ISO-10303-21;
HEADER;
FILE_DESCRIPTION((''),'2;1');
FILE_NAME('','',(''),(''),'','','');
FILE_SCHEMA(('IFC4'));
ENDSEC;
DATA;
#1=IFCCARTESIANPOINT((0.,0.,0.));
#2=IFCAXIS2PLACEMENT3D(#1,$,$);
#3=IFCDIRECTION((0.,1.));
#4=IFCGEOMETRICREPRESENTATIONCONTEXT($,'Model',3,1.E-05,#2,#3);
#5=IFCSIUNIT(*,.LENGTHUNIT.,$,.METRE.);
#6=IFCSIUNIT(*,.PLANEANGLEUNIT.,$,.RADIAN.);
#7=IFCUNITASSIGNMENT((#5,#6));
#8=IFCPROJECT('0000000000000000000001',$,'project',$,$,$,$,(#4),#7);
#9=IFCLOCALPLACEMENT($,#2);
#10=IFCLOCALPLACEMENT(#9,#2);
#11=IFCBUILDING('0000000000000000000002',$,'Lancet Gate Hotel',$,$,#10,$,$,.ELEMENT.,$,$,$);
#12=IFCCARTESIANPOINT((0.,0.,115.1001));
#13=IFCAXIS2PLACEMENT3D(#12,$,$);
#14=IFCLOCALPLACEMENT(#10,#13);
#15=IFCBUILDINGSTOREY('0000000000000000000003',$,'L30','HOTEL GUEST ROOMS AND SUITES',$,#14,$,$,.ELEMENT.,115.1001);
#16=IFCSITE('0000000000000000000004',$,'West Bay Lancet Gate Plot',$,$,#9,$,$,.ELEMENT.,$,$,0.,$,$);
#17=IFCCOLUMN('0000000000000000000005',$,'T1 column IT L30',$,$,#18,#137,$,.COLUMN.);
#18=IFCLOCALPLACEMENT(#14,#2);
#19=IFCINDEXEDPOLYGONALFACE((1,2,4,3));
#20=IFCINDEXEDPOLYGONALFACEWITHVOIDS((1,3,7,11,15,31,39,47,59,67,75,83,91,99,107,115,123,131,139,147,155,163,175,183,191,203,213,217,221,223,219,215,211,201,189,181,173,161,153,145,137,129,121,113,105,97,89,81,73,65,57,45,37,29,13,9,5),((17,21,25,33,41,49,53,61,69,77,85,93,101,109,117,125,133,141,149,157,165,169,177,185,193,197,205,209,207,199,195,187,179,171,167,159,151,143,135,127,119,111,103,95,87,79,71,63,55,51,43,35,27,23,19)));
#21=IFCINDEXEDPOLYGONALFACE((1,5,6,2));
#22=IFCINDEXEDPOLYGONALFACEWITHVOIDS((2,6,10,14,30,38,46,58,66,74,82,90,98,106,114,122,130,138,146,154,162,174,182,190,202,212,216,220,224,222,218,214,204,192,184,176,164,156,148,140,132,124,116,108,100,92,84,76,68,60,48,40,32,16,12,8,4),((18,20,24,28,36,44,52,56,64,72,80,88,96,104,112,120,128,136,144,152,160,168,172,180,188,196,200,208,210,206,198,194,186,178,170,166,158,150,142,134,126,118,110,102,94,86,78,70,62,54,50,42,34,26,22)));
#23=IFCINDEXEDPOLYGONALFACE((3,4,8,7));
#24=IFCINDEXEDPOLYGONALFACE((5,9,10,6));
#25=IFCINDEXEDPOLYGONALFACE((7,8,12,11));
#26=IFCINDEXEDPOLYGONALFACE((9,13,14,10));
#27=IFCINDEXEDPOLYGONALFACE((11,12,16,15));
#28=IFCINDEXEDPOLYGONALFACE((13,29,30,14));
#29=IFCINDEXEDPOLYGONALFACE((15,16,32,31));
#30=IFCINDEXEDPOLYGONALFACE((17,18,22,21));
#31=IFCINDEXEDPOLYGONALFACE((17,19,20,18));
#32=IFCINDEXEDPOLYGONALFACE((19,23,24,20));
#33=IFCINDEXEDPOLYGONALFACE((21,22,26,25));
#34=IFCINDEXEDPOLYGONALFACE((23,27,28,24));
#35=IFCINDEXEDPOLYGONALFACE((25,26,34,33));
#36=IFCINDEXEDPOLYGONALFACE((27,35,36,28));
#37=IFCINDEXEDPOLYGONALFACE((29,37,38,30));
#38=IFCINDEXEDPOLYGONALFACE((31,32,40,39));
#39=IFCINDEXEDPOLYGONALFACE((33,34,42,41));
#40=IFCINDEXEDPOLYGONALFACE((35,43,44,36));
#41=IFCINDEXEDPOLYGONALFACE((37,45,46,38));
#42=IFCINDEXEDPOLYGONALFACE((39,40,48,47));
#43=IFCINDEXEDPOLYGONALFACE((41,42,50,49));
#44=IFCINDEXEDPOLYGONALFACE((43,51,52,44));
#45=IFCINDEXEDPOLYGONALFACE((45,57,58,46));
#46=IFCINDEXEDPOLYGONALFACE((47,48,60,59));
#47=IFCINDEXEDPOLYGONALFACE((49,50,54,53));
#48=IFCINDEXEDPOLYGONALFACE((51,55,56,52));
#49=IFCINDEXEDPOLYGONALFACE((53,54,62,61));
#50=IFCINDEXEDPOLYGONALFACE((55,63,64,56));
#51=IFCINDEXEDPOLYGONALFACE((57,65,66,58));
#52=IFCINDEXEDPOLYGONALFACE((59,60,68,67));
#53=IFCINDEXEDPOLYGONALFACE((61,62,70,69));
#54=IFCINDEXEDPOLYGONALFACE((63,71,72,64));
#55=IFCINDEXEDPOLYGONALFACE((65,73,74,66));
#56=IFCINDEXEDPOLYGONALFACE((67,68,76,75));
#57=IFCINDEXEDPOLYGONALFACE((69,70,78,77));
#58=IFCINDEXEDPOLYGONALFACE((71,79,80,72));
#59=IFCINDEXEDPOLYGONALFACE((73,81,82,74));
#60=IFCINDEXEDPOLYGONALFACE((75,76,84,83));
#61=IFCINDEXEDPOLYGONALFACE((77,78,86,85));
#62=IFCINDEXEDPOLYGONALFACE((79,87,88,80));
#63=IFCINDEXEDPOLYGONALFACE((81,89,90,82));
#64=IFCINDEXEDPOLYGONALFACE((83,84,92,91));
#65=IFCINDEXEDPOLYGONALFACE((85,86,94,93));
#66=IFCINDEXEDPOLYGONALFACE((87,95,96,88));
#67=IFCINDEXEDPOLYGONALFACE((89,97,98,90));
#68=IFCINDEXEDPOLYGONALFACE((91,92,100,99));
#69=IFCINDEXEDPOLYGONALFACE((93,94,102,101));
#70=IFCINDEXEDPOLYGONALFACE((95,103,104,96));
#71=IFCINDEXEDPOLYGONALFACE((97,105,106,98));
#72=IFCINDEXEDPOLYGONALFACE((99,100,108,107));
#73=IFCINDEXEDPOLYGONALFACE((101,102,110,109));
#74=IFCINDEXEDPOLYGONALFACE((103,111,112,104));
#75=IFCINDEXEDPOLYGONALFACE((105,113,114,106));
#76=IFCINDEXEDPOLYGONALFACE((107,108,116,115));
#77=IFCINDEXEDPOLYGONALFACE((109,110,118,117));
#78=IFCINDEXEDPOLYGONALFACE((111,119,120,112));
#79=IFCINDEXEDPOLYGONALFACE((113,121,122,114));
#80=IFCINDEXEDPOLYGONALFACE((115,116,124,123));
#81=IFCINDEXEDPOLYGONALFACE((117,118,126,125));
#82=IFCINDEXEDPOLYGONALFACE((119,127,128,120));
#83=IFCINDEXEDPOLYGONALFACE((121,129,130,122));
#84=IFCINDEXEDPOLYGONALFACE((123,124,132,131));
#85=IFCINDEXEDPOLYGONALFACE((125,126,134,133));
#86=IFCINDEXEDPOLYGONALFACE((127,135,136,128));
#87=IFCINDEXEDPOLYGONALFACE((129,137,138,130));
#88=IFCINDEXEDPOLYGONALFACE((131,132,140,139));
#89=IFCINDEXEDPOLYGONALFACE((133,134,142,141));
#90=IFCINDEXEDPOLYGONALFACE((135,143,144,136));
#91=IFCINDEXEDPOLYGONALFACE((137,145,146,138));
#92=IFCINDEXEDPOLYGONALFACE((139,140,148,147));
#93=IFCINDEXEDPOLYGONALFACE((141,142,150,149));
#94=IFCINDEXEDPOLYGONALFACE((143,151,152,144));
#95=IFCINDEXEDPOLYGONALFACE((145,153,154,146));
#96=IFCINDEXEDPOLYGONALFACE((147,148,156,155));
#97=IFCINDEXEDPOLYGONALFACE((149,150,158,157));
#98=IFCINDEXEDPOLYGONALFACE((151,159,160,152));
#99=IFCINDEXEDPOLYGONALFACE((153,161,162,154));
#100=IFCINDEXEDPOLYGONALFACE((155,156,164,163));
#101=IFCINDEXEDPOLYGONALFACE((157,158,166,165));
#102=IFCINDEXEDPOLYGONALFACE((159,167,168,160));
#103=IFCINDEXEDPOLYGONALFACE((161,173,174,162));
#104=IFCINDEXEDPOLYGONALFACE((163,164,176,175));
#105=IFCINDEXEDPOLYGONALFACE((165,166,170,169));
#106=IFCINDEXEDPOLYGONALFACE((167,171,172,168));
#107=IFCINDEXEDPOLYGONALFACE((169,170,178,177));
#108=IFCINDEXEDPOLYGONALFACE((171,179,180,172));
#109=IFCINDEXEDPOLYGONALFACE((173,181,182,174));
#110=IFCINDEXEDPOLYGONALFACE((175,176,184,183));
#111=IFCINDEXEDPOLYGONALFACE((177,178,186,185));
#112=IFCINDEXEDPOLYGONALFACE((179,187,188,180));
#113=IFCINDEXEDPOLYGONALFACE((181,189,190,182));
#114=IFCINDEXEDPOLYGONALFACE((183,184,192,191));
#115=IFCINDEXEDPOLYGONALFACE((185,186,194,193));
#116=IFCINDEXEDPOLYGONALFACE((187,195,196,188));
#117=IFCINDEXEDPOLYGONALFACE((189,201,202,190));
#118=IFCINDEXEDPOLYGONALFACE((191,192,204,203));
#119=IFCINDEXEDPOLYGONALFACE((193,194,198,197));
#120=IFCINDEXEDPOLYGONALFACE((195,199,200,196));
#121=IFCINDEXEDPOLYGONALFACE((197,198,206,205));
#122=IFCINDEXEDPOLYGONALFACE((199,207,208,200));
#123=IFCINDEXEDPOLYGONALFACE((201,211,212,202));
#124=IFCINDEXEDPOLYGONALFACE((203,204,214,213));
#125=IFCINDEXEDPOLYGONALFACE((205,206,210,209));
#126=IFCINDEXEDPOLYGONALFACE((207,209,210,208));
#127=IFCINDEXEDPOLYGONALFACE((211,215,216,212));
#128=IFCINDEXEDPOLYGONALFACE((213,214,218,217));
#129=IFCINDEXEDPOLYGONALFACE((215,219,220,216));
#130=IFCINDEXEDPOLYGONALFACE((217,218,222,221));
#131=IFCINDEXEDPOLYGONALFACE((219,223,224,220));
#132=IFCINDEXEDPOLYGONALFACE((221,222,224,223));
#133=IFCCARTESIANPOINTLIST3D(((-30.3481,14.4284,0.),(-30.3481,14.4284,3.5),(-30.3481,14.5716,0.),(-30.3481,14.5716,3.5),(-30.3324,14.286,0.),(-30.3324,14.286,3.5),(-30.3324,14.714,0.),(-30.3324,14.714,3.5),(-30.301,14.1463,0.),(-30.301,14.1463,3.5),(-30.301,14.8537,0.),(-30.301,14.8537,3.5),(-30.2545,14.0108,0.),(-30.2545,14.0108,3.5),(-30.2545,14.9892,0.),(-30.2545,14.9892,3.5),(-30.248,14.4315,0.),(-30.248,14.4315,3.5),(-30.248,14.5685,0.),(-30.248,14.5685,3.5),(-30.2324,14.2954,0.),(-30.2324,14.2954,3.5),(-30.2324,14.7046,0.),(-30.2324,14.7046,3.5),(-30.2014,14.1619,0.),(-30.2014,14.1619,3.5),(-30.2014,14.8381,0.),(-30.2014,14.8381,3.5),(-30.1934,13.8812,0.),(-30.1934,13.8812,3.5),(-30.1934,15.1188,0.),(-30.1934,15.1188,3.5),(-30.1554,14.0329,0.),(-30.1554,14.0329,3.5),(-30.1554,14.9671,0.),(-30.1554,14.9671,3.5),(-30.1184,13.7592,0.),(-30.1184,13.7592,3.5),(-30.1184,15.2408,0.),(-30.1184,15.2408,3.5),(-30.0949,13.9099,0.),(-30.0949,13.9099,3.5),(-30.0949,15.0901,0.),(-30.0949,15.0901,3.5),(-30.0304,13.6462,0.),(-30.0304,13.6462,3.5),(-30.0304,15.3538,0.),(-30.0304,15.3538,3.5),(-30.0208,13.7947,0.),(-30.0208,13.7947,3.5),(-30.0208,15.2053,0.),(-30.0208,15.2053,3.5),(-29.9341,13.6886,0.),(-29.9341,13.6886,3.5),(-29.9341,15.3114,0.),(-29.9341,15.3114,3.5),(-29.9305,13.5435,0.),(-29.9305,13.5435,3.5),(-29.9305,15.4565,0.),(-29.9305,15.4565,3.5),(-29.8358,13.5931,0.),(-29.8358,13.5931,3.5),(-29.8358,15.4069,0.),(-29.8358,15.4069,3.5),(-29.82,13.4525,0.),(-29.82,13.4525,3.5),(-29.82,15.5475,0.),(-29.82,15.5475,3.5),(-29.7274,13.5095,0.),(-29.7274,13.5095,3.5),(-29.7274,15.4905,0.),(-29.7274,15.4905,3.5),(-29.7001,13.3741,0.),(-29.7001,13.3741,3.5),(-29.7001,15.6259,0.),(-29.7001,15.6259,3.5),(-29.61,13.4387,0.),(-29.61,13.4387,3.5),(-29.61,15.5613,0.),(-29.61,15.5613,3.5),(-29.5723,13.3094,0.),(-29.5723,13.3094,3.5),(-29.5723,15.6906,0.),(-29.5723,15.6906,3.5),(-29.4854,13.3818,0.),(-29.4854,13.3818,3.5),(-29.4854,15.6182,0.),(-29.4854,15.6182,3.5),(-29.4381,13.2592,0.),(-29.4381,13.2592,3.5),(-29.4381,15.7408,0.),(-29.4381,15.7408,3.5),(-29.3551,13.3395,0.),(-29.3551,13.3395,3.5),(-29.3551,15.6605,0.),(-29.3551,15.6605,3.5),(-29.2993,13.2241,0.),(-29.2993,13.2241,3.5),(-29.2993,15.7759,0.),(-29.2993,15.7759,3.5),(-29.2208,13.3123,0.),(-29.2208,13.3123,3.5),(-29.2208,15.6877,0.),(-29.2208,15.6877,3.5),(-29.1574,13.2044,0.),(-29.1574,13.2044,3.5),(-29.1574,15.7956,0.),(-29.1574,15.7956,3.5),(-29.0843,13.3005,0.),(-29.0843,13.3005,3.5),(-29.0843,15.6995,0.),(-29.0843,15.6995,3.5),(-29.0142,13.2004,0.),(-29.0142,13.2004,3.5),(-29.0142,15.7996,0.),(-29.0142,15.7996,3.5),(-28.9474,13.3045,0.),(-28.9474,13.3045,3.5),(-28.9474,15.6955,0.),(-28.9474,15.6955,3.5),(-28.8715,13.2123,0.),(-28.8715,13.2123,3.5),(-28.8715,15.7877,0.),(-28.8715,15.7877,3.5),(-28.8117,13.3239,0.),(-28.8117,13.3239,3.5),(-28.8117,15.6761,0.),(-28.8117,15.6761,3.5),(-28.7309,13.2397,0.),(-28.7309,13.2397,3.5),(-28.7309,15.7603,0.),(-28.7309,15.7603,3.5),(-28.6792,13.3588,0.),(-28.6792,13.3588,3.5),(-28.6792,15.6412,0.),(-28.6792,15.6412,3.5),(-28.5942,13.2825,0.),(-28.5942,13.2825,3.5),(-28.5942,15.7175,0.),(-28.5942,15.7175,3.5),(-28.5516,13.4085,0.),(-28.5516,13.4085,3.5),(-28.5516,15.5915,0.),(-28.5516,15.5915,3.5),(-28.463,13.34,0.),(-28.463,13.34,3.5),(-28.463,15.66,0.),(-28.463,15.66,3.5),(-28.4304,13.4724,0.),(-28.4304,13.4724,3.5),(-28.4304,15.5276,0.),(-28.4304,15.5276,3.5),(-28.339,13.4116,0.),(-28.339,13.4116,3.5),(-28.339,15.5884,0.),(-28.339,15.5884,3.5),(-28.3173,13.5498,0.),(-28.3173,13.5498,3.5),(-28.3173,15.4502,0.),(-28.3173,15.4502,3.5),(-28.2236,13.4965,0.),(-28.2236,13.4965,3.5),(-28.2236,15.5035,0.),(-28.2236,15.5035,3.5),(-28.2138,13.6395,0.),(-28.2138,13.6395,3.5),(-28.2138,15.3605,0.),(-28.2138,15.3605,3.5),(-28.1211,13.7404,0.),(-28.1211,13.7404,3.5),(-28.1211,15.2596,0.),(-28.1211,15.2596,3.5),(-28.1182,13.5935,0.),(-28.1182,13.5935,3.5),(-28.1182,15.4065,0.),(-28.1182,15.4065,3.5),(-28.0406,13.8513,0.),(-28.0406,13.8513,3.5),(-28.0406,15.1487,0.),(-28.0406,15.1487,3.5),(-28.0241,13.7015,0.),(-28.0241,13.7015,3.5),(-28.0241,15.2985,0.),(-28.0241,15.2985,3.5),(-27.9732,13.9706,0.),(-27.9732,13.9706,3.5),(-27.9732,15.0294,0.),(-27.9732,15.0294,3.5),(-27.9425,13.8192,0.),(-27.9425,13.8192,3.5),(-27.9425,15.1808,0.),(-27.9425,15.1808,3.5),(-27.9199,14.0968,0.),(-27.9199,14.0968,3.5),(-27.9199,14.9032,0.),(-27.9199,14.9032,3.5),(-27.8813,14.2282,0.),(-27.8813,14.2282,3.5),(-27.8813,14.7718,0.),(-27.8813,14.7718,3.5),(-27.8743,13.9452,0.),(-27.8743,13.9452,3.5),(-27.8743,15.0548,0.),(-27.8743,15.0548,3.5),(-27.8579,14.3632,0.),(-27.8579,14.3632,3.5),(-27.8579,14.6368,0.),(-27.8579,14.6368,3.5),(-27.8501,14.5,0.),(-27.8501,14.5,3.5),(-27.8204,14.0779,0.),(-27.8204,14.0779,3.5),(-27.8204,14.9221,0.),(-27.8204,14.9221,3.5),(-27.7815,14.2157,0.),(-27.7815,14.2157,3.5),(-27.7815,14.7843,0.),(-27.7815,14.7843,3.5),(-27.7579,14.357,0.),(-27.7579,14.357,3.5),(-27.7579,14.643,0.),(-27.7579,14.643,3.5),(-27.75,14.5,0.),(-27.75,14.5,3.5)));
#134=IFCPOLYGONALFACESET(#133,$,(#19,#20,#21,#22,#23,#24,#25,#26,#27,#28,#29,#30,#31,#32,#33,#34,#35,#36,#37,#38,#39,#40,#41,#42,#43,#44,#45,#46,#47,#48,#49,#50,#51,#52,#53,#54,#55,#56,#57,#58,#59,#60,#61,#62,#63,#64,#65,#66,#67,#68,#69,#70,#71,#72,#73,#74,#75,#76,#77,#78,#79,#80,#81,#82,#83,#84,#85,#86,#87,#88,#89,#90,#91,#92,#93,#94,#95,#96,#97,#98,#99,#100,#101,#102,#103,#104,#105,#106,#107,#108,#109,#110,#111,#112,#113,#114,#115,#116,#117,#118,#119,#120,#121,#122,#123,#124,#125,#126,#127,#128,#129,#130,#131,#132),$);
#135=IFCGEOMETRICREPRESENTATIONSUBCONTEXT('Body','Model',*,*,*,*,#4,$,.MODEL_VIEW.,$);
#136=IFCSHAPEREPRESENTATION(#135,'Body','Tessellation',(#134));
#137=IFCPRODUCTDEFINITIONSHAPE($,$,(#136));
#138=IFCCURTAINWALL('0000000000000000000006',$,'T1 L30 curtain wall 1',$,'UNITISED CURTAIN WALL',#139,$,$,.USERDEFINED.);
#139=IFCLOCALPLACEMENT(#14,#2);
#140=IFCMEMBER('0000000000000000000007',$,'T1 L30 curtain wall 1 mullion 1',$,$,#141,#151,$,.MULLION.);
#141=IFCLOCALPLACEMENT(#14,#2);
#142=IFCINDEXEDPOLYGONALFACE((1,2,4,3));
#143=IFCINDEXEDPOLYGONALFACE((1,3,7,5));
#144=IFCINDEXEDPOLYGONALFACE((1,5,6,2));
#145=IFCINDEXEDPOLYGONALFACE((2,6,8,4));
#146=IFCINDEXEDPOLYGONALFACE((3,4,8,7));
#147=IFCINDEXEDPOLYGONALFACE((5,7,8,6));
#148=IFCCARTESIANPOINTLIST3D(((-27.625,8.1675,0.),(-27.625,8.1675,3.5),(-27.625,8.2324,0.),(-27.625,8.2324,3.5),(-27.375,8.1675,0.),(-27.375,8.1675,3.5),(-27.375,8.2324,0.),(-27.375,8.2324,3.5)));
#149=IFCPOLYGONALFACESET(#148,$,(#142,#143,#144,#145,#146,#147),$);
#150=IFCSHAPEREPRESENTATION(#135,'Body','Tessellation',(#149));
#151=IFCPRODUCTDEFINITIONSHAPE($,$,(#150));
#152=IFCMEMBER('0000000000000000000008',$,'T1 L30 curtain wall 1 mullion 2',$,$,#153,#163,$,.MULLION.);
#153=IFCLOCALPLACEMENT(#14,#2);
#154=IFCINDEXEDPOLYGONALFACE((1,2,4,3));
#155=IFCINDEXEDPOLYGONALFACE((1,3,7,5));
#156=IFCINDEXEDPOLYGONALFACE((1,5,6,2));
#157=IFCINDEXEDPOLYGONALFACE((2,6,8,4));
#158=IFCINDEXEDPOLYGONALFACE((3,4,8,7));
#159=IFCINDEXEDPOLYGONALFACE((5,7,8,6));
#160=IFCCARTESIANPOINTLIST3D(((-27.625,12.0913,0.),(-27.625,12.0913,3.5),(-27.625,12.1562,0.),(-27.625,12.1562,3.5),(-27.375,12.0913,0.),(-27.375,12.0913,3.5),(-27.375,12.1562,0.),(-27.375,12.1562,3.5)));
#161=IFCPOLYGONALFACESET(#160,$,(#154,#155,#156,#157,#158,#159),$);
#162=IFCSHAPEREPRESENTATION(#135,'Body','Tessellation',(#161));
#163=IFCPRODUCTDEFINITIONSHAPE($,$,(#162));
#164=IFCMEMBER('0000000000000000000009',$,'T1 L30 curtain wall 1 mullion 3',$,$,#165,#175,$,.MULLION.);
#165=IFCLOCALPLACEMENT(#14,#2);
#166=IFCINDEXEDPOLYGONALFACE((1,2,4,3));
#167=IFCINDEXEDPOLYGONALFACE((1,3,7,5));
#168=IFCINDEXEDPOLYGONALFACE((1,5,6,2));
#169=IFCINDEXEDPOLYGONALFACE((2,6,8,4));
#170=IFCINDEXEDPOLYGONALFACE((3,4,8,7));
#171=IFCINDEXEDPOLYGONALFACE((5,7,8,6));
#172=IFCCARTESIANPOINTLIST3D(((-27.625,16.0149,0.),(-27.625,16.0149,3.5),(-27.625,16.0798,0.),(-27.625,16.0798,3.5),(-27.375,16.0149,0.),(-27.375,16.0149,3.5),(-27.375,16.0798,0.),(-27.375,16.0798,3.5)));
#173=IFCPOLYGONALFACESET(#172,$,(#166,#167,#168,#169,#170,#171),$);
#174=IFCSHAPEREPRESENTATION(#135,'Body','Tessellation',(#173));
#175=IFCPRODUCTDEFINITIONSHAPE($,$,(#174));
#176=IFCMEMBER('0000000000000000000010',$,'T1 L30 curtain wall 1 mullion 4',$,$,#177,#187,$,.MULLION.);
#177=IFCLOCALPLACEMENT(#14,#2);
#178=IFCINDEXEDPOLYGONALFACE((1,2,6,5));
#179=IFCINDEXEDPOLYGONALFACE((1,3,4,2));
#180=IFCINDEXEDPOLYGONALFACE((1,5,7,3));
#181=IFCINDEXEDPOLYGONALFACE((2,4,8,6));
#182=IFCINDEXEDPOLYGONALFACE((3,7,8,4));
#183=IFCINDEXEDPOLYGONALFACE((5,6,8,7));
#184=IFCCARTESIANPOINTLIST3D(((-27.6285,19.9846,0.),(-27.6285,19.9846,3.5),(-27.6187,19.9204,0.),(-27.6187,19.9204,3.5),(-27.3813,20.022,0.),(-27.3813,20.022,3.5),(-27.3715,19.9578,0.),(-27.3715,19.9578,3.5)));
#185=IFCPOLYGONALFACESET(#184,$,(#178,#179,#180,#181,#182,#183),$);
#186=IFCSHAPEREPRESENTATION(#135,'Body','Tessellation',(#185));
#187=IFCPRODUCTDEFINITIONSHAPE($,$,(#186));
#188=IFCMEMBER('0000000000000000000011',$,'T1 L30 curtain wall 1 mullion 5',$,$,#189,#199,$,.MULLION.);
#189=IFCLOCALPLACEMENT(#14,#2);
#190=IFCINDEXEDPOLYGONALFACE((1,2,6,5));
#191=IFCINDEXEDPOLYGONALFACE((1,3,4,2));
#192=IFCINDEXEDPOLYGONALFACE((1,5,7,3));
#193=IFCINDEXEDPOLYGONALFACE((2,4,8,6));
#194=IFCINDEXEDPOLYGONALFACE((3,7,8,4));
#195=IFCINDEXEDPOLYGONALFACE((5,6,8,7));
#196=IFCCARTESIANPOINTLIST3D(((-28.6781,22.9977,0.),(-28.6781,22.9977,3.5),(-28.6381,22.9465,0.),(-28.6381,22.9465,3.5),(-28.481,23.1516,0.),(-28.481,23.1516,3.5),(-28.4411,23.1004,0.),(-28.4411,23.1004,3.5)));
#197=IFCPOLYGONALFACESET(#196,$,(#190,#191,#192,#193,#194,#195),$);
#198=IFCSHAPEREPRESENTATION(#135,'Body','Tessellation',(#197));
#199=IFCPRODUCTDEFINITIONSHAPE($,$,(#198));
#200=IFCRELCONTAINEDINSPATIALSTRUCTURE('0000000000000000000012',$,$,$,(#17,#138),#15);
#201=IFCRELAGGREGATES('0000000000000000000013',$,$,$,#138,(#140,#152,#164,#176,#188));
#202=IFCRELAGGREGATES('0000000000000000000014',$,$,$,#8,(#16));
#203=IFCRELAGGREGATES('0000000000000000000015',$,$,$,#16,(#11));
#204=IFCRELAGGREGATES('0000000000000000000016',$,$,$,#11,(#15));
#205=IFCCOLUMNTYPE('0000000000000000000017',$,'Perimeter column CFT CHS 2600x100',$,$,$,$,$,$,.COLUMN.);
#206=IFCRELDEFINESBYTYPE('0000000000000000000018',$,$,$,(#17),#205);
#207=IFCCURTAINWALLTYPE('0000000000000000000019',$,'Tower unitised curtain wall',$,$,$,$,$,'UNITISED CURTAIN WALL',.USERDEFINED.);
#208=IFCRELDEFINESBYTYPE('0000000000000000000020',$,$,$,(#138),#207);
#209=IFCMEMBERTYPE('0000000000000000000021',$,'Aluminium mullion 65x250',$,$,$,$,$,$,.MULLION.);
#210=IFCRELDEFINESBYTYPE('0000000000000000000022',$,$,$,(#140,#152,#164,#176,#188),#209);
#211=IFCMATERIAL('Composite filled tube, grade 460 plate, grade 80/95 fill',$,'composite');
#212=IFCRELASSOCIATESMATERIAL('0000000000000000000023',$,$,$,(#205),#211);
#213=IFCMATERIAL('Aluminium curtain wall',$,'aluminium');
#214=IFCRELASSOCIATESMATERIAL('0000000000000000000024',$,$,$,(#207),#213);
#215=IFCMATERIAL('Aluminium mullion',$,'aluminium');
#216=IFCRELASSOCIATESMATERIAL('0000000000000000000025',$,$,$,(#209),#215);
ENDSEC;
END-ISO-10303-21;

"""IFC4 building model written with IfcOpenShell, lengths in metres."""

from ifc_helpers import new_model, si_unit, direction, frame, origin, origin_2d, place, context, subcontext, project, spatial, rectangle, hollow_circle, extrude, material, material_profile, profile_set, type_object, element, aggregate, save


model = new_model("IFC4")

# Units and contexts
model_context = context("Model", 3, precision=1e-05, world=origin(), true_north=direction((0.0, 1.0)))
body_context = subcontext(model_context, "Body", "Model", "MODEL_VIEW")
ifc_project = project(units=[si_unit("LENGTHUNIT", "METRE"), si_unit("PLANEANGLEUNIT", "RADIAN")], contexts=[model_context])

# Site, building, storey
site_placement = place(None, origin())
site = spatial("IfcSite", under=ifc_project, at=site_placement, Name="West Bay Lancet Gate Plot", CompositionType="ELEMENT", RefElevation=0.0)
building_placement = place(site_placement, origin())
building = spatial("IfcBuilding", under=site, at=building_placement, Name="Lancet Gate Hotel", CompositionType="ELEMENT")
storey_placement = place(building_placement, frame((0.0, 0.0, 115.1001)))
storey = spatial("IfcBuildingStorey", under=building, at=storey_placement, Name="L30", Description="HOTEL GUEST ROOMS AND SUITES", CompositionType="ELEMENT", Elevation=115.1001)

# Column
ifc_material_1 = material(Name="Composite filled tube, grade 460 plate, grade 80/95 fill", Category="composite")
ifc_material_profile_1 = material_profile(ifc_material_1, hollow_circle(Radius=1.3, WallThickness=0.1001, at=origin_2d()), Name="CHS 2600x100")
ifc_profile_set_1 = profile_set([ifc_material_profile_1], Name="Composite filled tube, grade 460 plate, grade 80/95 fill")
column_type = type_object("IfcColumnType", Name="Perimeter column CFT CHS 2600x100", PredefinedType="COLUMN", material=ifc_profile_set_1)
for number, where, z_axis, x_axis, name in (
    (1, (-29.05, 14.5, 0.0), (0.0, 0.0, 1.0), (1.0, 0.0, 0.0), "T1 column IT L30"),
):
    element("IfcColumn", number, at=place(storey_placement, frame(where, z_axis=z_axis, x_axis=x_axis)), inside=storey, type_object=column_type, Name=name, PredefinedType="COLUMN", context=body_context, shape_type="SweptSolid", body=[
        extrude(hollow_circle(Radius=1.3, WallThickness=0.1001, at=origin_2d()), origin(), (0.0, 0.0, 1.0), 3.5),
    ])

# Curtain wall, members
ifc_material_2 = material(Name="Aluminium curtain wall", Category="aluminium")
curtain_wall_type = type_object("IfcCurtainWallType", Name="Tower unitised curtain wall", ElementType="UNITISED CURTAIN WALL", PredefinedType="USERDEFINED", material=ifc_material_2)
curtain_wall_placement = place(storey_placement, origin())
curtain_wall = element("IfcCurtainWall", 2, at=curtain_wall_placement, inside=storey, type_object=curtain_wall_type, Name="T1 L30 curtain wall 1", ObjectType="UNITISED CURTAIN WALL", PredefinedType="USERDEFINED")
ifc_material_3 = material(Name="Aluminium mullion", Category="aluminium")
ifc_material_profile_2 = material_profile(ifc_material_3, rectangle(XDim=0.0649, YDim=0.25, at=origin_2d()), Name="MULLION 65x250")
ifc_profile_set_2 = profile_set([ifc_material_profile_2], Name="Aluminium mullion")
member_type_1 = type_object("IfcMemberType", Name="Aluminium mullion 65x250", PredefinedType="MULLION", material=ifc_profile_set_2)
member_1_placement = place(storey_placement, frame((-27.5, 8.2, 0.0), z_axis=(0.0, 0.0, 1.0), x_axis=(0.0, 1.0, 0.0)))
member_1 = element("IfcMember", 3, at=member_1_placement, type_object=member_type_1, Name="T1 L30 curtain wall 1 mullion 1", PredefinedType="MULLION", context=body_context, shape_type="SweptSolid", body=[
    extrude(rectangle(XDim=0.0649, YDim=0.25, at=origin_2d()), origin(), (0.0, 0.0, 1.0), 3.5),
])
member_2_placement = place(storey_placement, frame((-27.5, 12.1238, 0.0), z_axis=(0.0, 0.0, 1.0), x_axis=(0.0, 1.0, 0.0)))
member_2 = element("IfcMember", 4, at=member_2_placement, type_object=member_type_1, Name="T1 L30 curtain wall 1 mullion 2", PredefinedType="MULLION", context=body_context, shape_type="SweptSolid", body=[
    extrude(rectangle(XDim=0.0649, YDim=0.25, at=origin_2d()), origin(), (0.0, 0.0, 1.0), 3.5),
])
member_3_placement = place(storey_placement, frame((-27.5, 16.0474, 0.0), z_axis=(0.0, 0.0, 1.0), x_axis=(0.0, 1.0, 0.0)))
member_3 = element("IfcMember", 5, at=member_3_placement, type_object=member_type_1, Name="T1 L30 curtain wall 1 mullion 3", PredefinedType="MULLION", context=body_context, shape_type="SweptSolid", body=[
    extrude(rectangle(XDim=0.0649, YDim=0.25, at=origin_2d()), origin(), (0.0, 0.0, 1.0), 3.5),
])
member_4_placement = place(storey_placement, frame((-27.5, 19.9712, 0.0), z_axis=(0.0, 0.0, 1.0), x_axis=(-0.149634, 0.988741, 0.0)))
member_4 = element("IfcMember", 6, at=member_4_placement, type_object=member_type_1, Name="T1 L30 curtain wall 1 mullion 4", PredefinedType="MULLION", context=body_context, shape_type="SweptSolid", body=[
    extrude(rectangle(XDim=0.0649, YDim=0.25, at=origin_2d()), origin(), (0.0, 0.0, 1.0), 3.5),
])
member_5_placement = place(storey_placement, frame((-28.5596, 23.0491, 0.0), z_axis=(0.0, 0.0, 1.0), x_axis=(-0.615574, 0.788079, 0.0)))
member_5 = element("IfcMember", 7, at=member_5_placement, type_object=member_type_1, Name="T1 L30 curtain wall 1 mullion 5", PredefinedType="MULLION", context=body_context, shape_type="SweptSolid", body=[
    extrude(rectangle(XDim=0.0649, YDim=0.25, at=origin_2d()), origin(), (0.0, 0.0, 1.0), 3.5),
])

aggregate(curtain_wall, [member_1, member_2, member_3, member_4, member_5])

save(model, "model.ifc")
